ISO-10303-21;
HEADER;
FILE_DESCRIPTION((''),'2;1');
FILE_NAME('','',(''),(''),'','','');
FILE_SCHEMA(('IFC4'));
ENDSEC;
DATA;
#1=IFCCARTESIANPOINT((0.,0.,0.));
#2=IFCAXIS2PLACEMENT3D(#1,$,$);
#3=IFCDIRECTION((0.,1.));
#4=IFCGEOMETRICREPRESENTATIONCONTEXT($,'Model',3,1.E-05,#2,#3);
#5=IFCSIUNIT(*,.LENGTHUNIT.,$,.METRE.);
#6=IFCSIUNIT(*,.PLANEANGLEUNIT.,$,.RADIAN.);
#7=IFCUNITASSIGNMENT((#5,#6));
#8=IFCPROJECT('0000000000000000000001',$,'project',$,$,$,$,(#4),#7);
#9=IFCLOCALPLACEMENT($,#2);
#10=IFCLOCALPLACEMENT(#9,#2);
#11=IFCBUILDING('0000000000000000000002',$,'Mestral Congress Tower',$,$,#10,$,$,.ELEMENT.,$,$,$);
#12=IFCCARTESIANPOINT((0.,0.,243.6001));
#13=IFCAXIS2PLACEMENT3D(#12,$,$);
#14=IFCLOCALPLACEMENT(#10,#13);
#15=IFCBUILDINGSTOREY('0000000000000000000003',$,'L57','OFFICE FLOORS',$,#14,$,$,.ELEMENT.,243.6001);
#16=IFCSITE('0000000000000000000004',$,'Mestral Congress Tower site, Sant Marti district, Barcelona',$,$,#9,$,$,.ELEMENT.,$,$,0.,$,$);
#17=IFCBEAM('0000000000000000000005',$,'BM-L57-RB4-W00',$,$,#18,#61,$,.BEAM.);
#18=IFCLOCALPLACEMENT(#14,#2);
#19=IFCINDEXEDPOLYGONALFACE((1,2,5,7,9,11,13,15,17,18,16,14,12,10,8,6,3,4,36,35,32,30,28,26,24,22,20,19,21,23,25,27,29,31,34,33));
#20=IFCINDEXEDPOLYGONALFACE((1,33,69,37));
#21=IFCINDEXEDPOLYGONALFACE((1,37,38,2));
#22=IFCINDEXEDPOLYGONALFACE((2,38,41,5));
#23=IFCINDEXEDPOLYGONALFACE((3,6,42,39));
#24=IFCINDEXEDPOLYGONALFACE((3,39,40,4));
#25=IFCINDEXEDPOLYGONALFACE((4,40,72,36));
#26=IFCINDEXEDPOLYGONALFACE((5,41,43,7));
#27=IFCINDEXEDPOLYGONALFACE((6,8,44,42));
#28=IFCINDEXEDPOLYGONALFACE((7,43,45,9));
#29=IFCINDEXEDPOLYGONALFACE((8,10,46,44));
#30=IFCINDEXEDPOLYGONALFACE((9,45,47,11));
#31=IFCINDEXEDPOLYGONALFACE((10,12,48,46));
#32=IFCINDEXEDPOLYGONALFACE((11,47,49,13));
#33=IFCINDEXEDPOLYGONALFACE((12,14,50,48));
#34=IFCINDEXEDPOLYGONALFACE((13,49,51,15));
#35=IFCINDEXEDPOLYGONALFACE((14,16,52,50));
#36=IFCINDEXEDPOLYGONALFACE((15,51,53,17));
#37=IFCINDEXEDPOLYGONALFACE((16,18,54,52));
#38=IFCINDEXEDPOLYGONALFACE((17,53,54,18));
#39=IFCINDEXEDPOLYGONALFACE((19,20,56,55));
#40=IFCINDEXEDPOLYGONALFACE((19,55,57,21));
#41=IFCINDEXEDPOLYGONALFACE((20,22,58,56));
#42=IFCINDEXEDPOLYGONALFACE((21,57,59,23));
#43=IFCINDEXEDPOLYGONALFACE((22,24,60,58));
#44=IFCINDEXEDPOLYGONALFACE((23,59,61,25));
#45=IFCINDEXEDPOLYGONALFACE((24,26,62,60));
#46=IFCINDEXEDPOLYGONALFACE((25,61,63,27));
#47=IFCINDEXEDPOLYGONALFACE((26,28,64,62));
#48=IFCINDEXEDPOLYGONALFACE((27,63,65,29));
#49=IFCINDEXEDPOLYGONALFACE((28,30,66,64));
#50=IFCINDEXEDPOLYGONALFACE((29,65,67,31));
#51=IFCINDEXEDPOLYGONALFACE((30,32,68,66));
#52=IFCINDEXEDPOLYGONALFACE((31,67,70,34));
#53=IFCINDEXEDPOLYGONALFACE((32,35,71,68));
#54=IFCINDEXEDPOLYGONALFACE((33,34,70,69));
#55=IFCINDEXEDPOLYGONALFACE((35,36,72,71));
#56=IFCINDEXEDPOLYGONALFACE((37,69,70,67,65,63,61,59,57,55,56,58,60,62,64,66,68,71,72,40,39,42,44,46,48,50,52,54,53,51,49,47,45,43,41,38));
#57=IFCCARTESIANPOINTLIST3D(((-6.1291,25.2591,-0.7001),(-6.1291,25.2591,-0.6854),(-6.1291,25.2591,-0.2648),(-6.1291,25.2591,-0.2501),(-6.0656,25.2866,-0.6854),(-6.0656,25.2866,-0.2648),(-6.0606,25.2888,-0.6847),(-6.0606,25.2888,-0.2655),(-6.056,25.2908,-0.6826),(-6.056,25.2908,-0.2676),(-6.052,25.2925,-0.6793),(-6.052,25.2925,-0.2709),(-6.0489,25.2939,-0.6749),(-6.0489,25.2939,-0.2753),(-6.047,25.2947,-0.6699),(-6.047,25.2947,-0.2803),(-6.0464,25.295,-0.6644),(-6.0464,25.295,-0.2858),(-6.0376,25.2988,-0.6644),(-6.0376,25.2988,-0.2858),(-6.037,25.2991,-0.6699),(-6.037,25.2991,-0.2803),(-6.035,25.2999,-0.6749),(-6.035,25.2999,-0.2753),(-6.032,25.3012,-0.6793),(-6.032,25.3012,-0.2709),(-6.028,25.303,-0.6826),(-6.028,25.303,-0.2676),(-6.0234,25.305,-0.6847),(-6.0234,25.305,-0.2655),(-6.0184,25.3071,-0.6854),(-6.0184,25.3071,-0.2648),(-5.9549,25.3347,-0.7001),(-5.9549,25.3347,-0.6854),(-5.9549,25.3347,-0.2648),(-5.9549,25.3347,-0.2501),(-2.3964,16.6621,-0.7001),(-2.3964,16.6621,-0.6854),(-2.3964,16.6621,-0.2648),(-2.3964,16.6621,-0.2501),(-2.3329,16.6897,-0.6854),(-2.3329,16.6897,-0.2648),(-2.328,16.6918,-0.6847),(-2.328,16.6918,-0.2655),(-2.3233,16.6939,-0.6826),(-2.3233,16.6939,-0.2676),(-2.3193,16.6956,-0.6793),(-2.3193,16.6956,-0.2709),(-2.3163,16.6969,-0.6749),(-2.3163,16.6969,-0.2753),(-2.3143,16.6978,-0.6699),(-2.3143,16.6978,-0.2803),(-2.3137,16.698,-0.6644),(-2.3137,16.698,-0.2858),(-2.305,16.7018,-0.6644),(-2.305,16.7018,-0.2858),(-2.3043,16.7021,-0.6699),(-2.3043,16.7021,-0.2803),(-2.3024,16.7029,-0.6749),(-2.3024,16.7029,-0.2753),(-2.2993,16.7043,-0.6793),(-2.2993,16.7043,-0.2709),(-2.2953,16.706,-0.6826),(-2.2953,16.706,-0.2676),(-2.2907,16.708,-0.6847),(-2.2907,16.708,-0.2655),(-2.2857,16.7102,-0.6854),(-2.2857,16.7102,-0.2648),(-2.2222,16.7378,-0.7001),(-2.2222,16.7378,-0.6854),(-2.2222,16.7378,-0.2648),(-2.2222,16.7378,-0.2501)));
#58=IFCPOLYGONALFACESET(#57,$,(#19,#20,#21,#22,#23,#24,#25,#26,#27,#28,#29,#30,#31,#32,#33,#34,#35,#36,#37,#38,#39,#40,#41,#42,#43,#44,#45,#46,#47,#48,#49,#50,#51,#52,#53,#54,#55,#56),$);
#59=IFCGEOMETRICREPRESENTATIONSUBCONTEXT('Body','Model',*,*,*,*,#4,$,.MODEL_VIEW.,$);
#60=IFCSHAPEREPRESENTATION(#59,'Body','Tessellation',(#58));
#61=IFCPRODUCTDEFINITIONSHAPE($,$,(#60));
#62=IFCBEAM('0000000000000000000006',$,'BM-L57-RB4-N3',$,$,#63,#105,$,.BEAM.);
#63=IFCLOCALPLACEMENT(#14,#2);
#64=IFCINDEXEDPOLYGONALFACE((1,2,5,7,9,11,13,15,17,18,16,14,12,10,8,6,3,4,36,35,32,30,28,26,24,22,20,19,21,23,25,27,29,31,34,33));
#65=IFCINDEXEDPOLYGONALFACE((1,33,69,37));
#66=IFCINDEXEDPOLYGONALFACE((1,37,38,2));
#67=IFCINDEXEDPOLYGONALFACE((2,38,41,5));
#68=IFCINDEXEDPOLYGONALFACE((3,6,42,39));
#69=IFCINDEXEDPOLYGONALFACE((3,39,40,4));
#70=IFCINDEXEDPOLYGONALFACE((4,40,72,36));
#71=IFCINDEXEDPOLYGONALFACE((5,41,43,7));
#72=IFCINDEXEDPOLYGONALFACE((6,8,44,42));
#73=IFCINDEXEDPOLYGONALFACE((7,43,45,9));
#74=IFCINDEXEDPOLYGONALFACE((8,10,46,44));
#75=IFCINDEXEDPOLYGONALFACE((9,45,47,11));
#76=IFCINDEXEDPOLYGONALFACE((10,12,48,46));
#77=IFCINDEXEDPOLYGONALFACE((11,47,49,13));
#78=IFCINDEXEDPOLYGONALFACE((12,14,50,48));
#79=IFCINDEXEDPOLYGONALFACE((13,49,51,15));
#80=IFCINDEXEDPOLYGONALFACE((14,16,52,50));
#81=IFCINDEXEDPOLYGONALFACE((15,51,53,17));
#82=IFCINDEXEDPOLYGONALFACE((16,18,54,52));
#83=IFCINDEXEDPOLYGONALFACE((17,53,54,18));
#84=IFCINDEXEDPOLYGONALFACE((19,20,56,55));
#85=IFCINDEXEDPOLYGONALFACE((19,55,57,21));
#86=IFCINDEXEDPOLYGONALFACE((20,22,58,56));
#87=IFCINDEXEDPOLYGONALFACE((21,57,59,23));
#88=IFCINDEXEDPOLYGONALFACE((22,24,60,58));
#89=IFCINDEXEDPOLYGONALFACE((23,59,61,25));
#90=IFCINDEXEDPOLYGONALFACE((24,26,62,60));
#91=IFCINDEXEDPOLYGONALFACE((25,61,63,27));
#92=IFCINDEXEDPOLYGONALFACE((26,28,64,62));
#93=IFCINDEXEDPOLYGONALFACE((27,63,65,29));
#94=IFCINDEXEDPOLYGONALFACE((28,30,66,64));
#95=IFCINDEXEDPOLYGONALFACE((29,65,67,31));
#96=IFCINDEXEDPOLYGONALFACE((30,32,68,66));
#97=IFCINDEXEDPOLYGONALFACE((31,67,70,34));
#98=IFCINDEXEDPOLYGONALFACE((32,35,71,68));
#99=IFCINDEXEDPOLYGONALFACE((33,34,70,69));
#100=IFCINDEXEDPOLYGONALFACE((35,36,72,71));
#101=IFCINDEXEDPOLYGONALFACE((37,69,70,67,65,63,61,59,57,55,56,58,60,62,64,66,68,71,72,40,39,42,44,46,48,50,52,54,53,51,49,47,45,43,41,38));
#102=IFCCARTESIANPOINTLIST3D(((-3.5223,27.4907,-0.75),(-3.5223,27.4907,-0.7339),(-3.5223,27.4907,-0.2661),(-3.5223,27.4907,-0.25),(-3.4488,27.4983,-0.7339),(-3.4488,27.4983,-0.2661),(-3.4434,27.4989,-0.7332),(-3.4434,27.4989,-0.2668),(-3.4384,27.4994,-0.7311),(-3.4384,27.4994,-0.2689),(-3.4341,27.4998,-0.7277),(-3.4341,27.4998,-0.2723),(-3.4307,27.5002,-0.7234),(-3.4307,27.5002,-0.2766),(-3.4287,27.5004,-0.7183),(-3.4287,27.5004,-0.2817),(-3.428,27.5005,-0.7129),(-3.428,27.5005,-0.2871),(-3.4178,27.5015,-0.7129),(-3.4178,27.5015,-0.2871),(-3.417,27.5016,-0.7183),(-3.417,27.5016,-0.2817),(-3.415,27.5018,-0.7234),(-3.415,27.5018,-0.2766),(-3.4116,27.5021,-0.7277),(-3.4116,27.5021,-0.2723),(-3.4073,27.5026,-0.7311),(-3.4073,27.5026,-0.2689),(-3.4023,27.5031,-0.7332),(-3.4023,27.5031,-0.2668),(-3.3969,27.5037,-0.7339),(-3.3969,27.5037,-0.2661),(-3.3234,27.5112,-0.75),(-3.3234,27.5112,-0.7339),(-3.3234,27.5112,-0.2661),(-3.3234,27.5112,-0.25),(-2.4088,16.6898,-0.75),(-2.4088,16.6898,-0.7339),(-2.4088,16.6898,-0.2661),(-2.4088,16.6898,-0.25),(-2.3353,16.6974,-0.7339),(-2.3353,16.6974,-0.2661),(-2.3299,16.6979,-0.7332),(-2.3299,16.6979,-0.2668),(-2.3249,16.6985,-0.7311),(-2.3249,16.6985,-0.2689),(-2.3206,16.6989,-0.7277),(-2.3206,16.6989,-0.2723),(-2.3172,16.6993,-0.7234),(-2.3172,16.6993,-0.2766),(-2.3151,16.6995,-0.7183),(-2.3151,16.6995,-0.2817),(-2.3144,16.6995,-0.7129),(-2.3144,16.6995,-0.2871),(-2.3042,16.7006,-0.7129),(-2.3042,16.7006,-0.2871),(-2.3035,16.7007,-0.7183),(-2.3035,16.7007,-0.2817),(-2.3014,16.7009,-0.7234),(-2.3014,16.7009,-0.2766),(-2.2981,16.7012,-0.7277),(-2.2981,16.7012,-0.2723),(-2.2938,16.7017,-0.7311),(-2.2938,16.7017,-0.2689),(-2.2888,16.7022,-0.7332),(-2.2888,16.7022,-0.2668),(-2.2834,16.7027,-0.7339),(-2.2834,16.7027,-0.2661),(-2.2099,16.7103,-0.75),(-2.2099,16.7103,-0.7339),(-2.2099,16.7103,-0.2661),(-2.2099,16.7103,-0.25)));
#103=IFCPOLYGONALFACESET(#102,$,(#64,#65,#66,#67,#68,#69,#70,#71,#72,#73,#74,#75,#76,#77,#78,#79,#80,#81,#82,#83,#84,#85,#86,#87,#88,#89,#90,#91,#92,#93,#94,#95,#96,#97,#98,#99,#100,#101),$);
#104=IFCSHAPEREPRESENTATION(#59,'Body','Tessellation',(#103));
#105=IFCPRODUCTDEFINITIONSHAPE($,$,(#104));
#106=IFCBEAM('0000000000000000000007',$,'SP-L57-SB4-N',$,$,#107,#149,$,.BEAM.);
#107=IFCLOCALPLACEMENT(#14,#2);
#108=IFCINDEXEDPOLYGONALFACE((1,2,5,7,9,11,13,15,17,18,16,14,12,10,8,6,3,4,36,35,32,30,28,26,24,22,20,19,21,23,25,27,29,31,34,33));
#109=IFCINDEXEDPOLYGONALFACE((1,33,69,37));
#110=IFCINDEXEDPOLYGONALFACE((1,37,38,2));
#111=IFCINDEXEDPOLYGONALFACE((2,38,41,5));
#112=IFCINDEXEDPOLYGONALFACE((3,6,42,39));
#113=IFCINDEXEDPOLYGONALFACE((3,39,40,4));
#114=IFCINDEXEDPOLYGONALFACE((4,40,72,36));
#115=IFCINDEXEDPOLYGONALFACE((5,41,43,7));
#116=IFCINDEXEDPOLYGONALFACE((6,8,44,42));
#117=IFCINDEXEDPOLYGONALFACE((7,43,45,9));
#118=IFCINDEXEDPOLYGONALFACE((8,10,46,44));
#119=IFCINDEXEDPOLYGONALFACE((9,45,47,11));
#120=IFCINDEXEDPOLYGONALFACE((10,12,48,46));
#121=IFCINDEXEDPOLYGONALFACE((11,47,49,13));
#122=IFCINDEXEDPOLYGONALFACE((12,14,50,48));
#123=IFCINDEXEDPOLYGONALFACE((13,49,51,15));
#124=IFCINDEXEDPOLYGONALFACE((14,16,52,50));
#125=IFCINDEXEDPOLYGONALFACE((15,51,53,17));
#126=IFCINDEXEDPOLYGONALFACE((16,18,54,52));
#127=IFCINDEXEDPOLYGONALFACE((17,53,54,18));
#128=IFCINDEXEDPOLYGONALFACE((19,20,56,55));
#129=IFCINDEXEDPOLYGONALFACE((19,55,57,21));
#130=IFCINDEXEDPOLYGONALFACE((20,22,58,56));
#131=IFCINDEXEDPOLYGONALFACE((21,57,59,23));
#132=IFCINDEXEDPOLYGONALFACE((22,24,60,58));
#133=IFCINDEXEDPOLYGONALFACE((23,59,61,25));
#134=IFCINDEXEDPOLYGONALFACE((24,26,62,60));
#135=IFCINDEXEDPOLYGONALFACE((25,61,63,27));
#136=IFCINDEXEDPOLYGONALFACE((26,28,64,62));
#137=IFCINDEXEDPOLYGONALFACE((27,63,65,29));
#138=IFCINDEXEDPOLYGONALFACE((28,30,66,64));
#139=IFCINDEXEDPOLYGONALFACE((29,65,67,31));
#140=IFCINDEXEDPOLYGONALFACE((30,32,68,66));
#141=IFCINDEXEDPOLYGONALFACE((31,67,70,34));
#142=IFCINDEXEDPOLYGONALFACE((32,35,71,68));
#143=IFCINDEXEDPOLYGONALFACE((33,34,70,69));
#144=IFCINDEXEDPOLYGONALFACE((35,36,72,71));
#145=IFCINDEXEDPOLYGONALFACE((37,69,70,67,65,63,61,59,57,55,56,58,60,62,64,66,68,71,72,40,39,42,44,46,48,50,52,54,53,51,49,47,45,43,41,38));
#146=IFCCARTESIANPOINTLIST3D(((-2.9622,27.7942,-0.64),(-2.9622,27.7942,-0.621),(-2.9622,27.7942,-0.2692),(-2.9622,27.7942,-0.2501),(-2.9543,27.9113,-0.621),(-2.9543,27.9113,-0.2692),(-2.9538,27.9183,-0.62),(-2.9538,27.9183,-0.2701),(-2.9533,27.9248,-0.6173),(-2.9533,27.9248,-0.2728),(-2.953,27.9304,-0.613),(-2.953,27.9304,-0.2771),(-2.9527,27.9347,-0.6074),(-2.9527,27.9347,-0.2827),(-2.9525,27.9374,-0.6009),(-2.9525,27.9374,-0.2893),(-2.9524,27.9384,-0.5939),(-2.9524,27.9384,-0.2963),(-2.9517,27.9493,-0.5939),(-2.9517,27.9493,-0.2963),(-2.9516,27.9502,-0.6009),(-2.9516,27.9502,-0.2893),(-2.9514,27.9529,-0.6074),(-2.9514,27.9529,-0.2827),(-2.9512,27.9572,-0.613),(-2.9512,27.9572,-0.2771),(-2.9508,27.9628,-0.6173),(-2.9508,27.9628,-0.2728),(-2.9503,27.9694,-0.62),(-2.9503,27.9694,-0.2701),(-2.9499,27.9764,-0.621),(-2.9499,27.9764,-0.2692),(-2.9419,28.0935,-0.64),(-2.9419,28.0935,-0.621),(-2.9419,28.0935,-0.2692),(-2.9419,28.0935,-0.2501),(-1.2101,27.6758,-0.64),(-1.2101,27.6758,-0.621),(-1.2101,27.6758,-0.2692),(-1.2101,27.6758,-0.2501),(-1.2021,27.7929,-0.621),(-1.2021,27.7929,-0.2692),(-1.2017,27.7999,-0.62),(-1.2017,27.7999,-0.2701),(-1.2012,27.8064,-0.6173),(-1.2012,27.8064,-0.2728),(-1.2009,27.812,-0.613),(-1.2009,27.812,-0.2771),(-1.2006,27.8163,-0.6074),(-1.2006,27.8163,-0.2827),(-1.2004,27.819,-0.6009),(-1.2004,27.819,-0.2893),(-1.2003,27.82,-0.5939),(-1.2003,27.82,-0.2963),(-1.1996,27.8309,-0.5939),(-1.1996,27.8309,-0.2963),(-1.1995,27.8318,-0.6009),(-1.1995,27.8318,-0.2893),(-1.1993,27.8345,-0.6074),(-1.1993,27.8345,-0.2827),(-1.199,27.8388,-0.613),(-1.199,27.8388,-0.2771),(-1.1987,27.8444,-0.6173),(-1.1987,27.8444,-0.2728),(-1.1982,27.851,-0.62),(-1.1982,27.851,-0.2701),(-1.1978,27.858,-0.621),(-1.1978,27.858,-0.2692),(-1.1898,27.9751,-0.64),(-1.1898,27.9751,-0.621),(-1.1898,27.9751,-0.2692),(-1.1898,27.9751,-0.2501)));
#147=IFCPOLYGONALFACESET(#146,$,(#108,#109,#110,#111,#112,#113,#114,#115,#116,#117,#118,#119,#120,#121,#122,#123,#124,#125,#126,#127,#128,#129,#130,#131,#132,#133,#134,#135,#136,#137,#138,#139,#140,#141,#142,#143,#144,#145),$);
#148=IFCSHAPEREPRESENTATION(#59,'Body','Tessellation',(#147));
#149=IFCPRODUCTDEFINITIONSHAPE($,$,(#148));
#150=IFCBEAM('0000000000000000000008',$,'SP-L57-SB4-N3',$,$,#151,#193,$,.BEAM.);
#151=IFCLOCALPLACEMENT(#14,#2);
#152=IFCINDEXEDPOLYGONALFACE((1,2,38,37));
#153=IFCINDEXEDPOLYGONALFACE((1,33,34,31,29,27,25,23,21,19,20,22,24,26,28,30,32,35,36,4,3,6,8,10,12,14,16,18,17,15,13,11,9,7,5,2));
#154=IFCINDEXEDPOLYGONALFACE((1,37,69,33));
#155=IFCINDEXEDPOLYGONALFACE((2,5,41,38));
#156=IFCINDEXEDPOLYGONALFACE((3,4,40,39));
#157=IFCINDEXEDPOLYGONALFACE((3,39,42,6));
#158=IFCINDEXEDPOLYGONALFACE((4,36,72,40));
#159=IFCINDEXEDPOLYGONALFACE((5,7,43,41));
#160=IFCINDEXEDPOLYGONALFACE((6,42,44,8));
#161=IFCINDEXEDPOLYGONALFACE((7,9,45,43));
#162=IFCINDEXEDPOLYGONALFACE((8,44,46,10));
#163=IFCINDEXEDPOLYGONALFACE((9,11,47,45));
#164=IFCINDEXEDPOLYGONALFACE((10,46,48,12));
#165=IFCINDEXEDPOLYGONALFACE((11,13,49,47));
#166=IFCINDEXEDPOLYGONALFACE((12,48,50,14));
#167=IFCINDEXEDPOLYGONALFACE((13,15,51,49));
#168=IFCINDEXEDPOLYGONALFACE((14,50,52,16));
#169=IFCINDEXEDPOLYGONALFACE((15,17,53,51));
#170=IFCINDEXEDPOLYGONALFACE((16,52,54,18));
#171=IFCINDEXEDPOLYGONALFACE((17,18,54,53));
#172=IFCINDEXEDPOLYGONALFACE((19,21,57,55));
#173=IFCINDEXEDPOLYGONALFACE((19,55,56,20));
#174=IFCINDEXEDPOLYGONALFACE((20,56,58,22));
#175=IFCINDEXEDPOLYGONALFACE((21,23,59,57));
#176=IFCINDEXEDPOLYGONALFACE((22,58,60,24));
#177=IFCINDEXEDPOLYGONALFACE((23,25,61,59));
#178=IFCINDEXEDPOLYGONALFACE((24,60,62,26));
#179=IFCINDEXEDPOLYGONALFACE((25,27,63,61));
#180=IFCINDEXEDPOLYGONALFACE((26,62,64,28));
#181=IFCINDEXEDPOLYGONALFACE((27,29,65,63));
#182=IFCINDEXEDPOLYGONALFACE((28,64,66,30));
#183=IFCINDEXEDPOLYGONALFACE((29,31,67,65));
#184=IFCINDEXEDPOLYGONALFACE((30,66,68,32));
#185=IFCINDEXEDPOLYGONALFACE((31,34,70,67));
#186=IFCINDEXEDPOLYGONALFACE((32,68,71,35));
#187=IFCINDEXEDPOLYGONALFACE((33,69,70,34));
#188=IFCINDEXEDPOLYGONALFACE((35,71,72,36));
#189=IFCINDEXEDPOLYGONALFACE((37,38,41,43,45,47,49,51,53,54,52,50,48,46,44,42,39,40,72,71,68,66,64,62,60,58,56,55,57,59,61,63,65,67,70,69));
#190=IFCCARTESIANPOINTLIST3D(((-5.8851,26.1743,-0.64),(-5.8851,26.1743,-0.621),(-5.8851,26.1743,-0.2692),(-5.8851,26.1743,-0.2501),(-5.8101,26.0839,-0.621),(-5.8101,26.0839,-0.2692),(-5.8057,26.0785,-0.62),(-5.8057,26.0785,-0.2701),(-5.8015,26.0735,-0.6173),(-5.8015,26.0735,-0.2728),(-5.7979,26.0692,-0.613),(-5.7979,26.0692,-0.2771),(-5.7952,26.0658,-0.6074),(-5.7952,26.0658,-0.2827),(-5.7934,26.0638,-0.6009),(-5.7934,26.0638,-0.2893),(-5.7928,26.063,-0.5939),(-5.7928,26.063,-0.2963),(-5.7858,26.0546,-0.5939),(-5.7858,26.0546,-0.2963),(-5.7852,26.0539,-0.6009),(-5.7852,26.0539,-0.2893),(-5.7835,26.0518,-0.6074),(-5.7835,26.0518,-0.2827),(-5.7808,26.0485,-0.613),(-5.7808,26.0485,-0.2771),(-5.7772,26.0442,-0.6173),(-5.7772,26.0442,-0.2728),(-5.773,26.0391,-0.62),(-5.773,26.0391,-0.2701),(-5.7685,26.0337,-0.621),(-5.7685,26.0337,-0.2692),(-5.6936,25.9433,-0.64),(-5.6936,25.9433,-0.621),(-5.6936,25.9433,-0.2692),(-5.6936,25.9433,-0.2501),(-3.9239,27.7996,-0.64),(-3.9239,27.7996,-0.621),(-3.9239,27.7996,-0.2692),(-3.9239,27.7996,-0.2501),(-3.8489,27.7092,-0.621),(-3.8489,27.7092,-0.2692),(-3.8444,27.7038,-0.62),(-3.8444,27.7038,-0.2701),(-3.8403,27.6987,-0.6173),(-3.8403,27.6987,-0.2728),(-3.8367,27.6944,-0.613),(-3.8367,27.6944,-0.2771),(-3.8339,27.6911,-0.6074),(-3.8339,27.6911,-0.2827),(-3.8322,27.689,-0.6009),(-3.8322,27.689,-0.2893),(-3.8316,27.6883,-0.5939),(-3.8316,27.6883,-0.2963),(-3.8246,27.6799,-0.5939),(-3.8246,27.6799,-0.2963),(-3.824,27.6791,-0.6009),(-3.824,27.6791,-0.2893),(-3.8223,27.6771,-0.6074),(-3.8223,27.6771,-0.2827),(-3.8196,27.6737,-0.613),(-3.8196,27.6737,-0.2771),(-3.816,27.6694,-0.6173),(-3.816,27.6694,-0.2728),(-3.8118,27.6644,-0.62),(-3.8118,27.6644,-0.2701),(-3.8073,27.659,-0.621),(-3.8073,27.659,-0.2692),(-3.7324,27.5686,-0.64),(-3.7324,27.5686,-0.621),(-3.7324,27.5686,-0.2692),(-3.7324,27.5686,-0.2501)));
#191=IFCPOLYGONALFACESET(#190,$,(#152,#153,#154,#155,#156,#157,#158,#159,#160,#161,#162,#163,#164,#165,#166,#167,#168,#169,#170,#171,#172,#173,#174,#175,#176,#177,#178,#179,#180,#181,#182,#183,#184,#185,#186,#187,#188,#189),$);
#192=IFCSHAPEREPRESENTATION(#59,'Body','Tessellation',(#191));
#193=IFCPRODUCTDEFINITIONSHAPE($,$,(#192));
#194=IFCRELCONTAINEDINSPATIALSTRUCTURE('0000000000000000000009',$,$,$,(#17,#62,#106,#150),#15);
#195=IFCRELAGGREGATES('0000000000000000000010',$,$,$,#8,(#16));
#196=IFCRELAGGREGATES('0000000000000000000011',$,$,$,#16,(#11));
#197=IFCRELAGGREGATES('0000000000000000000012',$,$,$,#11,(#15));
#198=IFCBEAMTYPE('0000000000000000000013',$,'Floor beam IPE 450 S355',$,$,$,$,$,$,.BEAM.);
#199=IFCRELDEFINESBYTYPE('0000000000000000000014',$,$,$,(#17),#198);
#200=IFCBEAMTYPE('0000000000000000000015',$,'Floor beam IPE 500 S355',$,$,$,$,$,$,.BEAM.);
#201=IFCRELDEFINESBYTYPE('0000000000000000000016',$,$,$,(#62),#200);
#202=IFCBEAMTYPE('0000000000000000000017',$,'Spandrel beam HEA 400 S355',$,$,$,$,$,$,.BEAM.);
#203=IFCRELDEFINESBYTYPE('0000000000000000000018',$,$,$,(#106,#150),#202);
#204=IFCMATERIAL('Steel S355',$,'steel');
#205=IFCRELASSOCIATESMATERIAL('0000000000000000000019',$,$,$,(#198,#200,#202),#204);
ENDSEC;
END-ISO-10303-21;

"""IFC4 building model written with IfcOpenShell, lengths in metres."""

from ifc_helpers import new_model, si_unit, direction, frame, origin, origin_2d, place, context, subcontext, project, spatial, i_section, extrude, material, material_profile, profile_set, type_object, element, save


model = new_model("IFC4")

# Units and contexts
model_context = context("Model", 3, precision=1e-05, world=origin(), true_north=direction((0.0, 1.0)))
body_context = subcontext(model_context, "Body", "Model", "MODEL_VIEW")
ifc_project = project(units=[si_unit("LENGTHUNIT", "METRE"), si_unit("PLANEANGLEUNIT", "RADIAN")], contexts=[model_context])

# Site, building, storey
site_placement = place(None, origin())
site = spatial("IfcSite", under=ifc_project, at=site_placement, Name="Mestral Congress Tower site, Sant Marti district, Barcelona", CompositionType="ELEMENT", RefElevation=0.0)
building_placement = place(site_placement, origin())
building = spatial("IfcBuilding", under=site, at=building_placement, Name="Mestral Congress Tower", CompositionType="ELEMENT")
storey_placement = place(building_placement, frame((0.0, 0.0, 243.6001)))
storey = spatial("IfcBuildingStorey", under=building, at=storey_placement, Name="L57", Description="OFFICE FLOORS", CompositionType="ELEMENT", Elevation=243.6001)

# Beams
ifc_material_1 = material(Name="Steel S355", Category="steel")
ifc_material_profile_1 = material_profile(ifc_material_1, i_section(OverallWidth=0.1899, OverallDepth=0.45, WebThickness=0.0095, FlangeThickness=0.0146, FilletRadius=0.021, at=origin_2d()), Name="IPE 450")
ifc_profile_set_1 = profile_set([ifc_material_profile_1], Name="Steel S355")
beam_type_1 = type_object("IfcBeamType", Name="Floor beam IPE 450 S355", PredefinedType="BEAM", material=ifc_profile_set_1)
beam_1_placement = place(storey_placement, frame((-6.042, 25.2969, -0.4751), z_axis=(0.398266, -0.91727, 0.0), x_axis=(0.91727, 0.398266, 0.0)))
element("IfcBeam", 1, at=beam_1_placement, inside=storey, type_object=beam_type_1, Name="BM-L57-RB4-W00", PredefinedType="BEAM", context=body_context, shape_type="SweptSolid", body=[
    extrude(i_section(OverallWidth=0.1899, OverallDepth=0.45, WebThickness=0.0095, FlangeThickness=0.0146, FilletRadius=0.021, at=origin_2d()), origin(), (0.0, 0.0, 1.0), 9.3723),
])
ifc_material_profile_2 = material_profile(ifc_material_1, i_section(OverallWidth=0.2, OverallDepth=0.5, WebThickness=0.0103, FlangeThickness=0.0161, FilletRadius=0.021, at=origin_2d()), Name="IPE 500")
ifc_profile_set_2 = profile_set([ifc_material_profile_2], Name="Steel S355")
beam_type_2 = type_object("IfcBeamType", Name="Floor beam IPE 500 S355", PredefinedType="BEAM", material=ifc_profile_set_2)
beam_2_placement = place(storey_placement, frame((-3.4229, 27.501, -0.5), z_axis=(0.102551, -0.994728, 0.0), x_axis=(0.994728, 0.102551, 0.0)))
element("IfcBeam", 2, at=beam_2_placement, inside=storey, type_object=beam_type_2, Name="BM-L57-RB4-N3", PredefinedType="BEAM", context=body_context, shape_type="SweptSolid", body=[
    extrude(i_section(OverallWidth=0.2, OverallDepth=0.5, WebThickness=0.0103, FlangeThickness=0.0161, FilletRadius=0.021, at=origin_2d()), origin(), (0.0, 0.0, 1.0), 10.8582),
])
ifc_material_profile_3 = material_profile(ifc_material_1, i_section(OverallWidth=0.3, OverallDepth=0.3899, WebThickness=0.011, FlangeThickness=0.019, FilletRadius=0.0271, at=origin_2d()), Name="HEA 400")
ifc_profile_set_3 = profile_set([ifc_material_profile_3], Name="Steel S355")
beam_type_3 = type_object("IfcBeamType", Name="Spandrel beam HEA 400 S355", PredefinedType="BEAM", material=ifc_profile_set_3)
beam_3_placement = place(storey_placement, frame((-1.2, 27.8254, -0.4451), z_axis=(-0.997724, 0.067423, 0.0), x_axis=(-0.067423, -0.997724, 0.0)))
element("IfcBeam", 3, at=beam_3_placement, inside=storey, type_object=beam_type_3, Name="SP-L57-SB4-N", PredefinedType="BEAM", context=body_context, shape_type="SweptSolid", body=[
    extrude(i_section(OverallWidth=0.3, OverallDepth=0.3899, WebThickness=0.011, FlangeThickness=0.019, FilletRadius=0.0271, at=origin_2d()), origin(), (0.0, 0.0, 1.0), 1.7561),
])
beam_4_placement = place(storey_placement, frame((-3.8281, 27.6841, -0.4451), z_axis=(-0.76997, -0.63808, 0.0), x_axis=(0.63808, -0.76997, 0.0)))
element("IfcBeam", 4, at=beam_4_placement, inside=storey, type_object=beam_type_3, Name="SP-L57-SB4-N3", PredefinedType="BEAM", context=body_context, shape_type="SweptSolid", body=[
    extrude(i_section(OverallWidth=0.3, OverallDepth=0.3899, WebThickness=0.011, FlangeThickness=0.019, FilletRadius=0.0271, at=origin_2d()), origin(), (0.0, 0.0, 1.0), 2.5471),
])

save(model, "model.ifc")
